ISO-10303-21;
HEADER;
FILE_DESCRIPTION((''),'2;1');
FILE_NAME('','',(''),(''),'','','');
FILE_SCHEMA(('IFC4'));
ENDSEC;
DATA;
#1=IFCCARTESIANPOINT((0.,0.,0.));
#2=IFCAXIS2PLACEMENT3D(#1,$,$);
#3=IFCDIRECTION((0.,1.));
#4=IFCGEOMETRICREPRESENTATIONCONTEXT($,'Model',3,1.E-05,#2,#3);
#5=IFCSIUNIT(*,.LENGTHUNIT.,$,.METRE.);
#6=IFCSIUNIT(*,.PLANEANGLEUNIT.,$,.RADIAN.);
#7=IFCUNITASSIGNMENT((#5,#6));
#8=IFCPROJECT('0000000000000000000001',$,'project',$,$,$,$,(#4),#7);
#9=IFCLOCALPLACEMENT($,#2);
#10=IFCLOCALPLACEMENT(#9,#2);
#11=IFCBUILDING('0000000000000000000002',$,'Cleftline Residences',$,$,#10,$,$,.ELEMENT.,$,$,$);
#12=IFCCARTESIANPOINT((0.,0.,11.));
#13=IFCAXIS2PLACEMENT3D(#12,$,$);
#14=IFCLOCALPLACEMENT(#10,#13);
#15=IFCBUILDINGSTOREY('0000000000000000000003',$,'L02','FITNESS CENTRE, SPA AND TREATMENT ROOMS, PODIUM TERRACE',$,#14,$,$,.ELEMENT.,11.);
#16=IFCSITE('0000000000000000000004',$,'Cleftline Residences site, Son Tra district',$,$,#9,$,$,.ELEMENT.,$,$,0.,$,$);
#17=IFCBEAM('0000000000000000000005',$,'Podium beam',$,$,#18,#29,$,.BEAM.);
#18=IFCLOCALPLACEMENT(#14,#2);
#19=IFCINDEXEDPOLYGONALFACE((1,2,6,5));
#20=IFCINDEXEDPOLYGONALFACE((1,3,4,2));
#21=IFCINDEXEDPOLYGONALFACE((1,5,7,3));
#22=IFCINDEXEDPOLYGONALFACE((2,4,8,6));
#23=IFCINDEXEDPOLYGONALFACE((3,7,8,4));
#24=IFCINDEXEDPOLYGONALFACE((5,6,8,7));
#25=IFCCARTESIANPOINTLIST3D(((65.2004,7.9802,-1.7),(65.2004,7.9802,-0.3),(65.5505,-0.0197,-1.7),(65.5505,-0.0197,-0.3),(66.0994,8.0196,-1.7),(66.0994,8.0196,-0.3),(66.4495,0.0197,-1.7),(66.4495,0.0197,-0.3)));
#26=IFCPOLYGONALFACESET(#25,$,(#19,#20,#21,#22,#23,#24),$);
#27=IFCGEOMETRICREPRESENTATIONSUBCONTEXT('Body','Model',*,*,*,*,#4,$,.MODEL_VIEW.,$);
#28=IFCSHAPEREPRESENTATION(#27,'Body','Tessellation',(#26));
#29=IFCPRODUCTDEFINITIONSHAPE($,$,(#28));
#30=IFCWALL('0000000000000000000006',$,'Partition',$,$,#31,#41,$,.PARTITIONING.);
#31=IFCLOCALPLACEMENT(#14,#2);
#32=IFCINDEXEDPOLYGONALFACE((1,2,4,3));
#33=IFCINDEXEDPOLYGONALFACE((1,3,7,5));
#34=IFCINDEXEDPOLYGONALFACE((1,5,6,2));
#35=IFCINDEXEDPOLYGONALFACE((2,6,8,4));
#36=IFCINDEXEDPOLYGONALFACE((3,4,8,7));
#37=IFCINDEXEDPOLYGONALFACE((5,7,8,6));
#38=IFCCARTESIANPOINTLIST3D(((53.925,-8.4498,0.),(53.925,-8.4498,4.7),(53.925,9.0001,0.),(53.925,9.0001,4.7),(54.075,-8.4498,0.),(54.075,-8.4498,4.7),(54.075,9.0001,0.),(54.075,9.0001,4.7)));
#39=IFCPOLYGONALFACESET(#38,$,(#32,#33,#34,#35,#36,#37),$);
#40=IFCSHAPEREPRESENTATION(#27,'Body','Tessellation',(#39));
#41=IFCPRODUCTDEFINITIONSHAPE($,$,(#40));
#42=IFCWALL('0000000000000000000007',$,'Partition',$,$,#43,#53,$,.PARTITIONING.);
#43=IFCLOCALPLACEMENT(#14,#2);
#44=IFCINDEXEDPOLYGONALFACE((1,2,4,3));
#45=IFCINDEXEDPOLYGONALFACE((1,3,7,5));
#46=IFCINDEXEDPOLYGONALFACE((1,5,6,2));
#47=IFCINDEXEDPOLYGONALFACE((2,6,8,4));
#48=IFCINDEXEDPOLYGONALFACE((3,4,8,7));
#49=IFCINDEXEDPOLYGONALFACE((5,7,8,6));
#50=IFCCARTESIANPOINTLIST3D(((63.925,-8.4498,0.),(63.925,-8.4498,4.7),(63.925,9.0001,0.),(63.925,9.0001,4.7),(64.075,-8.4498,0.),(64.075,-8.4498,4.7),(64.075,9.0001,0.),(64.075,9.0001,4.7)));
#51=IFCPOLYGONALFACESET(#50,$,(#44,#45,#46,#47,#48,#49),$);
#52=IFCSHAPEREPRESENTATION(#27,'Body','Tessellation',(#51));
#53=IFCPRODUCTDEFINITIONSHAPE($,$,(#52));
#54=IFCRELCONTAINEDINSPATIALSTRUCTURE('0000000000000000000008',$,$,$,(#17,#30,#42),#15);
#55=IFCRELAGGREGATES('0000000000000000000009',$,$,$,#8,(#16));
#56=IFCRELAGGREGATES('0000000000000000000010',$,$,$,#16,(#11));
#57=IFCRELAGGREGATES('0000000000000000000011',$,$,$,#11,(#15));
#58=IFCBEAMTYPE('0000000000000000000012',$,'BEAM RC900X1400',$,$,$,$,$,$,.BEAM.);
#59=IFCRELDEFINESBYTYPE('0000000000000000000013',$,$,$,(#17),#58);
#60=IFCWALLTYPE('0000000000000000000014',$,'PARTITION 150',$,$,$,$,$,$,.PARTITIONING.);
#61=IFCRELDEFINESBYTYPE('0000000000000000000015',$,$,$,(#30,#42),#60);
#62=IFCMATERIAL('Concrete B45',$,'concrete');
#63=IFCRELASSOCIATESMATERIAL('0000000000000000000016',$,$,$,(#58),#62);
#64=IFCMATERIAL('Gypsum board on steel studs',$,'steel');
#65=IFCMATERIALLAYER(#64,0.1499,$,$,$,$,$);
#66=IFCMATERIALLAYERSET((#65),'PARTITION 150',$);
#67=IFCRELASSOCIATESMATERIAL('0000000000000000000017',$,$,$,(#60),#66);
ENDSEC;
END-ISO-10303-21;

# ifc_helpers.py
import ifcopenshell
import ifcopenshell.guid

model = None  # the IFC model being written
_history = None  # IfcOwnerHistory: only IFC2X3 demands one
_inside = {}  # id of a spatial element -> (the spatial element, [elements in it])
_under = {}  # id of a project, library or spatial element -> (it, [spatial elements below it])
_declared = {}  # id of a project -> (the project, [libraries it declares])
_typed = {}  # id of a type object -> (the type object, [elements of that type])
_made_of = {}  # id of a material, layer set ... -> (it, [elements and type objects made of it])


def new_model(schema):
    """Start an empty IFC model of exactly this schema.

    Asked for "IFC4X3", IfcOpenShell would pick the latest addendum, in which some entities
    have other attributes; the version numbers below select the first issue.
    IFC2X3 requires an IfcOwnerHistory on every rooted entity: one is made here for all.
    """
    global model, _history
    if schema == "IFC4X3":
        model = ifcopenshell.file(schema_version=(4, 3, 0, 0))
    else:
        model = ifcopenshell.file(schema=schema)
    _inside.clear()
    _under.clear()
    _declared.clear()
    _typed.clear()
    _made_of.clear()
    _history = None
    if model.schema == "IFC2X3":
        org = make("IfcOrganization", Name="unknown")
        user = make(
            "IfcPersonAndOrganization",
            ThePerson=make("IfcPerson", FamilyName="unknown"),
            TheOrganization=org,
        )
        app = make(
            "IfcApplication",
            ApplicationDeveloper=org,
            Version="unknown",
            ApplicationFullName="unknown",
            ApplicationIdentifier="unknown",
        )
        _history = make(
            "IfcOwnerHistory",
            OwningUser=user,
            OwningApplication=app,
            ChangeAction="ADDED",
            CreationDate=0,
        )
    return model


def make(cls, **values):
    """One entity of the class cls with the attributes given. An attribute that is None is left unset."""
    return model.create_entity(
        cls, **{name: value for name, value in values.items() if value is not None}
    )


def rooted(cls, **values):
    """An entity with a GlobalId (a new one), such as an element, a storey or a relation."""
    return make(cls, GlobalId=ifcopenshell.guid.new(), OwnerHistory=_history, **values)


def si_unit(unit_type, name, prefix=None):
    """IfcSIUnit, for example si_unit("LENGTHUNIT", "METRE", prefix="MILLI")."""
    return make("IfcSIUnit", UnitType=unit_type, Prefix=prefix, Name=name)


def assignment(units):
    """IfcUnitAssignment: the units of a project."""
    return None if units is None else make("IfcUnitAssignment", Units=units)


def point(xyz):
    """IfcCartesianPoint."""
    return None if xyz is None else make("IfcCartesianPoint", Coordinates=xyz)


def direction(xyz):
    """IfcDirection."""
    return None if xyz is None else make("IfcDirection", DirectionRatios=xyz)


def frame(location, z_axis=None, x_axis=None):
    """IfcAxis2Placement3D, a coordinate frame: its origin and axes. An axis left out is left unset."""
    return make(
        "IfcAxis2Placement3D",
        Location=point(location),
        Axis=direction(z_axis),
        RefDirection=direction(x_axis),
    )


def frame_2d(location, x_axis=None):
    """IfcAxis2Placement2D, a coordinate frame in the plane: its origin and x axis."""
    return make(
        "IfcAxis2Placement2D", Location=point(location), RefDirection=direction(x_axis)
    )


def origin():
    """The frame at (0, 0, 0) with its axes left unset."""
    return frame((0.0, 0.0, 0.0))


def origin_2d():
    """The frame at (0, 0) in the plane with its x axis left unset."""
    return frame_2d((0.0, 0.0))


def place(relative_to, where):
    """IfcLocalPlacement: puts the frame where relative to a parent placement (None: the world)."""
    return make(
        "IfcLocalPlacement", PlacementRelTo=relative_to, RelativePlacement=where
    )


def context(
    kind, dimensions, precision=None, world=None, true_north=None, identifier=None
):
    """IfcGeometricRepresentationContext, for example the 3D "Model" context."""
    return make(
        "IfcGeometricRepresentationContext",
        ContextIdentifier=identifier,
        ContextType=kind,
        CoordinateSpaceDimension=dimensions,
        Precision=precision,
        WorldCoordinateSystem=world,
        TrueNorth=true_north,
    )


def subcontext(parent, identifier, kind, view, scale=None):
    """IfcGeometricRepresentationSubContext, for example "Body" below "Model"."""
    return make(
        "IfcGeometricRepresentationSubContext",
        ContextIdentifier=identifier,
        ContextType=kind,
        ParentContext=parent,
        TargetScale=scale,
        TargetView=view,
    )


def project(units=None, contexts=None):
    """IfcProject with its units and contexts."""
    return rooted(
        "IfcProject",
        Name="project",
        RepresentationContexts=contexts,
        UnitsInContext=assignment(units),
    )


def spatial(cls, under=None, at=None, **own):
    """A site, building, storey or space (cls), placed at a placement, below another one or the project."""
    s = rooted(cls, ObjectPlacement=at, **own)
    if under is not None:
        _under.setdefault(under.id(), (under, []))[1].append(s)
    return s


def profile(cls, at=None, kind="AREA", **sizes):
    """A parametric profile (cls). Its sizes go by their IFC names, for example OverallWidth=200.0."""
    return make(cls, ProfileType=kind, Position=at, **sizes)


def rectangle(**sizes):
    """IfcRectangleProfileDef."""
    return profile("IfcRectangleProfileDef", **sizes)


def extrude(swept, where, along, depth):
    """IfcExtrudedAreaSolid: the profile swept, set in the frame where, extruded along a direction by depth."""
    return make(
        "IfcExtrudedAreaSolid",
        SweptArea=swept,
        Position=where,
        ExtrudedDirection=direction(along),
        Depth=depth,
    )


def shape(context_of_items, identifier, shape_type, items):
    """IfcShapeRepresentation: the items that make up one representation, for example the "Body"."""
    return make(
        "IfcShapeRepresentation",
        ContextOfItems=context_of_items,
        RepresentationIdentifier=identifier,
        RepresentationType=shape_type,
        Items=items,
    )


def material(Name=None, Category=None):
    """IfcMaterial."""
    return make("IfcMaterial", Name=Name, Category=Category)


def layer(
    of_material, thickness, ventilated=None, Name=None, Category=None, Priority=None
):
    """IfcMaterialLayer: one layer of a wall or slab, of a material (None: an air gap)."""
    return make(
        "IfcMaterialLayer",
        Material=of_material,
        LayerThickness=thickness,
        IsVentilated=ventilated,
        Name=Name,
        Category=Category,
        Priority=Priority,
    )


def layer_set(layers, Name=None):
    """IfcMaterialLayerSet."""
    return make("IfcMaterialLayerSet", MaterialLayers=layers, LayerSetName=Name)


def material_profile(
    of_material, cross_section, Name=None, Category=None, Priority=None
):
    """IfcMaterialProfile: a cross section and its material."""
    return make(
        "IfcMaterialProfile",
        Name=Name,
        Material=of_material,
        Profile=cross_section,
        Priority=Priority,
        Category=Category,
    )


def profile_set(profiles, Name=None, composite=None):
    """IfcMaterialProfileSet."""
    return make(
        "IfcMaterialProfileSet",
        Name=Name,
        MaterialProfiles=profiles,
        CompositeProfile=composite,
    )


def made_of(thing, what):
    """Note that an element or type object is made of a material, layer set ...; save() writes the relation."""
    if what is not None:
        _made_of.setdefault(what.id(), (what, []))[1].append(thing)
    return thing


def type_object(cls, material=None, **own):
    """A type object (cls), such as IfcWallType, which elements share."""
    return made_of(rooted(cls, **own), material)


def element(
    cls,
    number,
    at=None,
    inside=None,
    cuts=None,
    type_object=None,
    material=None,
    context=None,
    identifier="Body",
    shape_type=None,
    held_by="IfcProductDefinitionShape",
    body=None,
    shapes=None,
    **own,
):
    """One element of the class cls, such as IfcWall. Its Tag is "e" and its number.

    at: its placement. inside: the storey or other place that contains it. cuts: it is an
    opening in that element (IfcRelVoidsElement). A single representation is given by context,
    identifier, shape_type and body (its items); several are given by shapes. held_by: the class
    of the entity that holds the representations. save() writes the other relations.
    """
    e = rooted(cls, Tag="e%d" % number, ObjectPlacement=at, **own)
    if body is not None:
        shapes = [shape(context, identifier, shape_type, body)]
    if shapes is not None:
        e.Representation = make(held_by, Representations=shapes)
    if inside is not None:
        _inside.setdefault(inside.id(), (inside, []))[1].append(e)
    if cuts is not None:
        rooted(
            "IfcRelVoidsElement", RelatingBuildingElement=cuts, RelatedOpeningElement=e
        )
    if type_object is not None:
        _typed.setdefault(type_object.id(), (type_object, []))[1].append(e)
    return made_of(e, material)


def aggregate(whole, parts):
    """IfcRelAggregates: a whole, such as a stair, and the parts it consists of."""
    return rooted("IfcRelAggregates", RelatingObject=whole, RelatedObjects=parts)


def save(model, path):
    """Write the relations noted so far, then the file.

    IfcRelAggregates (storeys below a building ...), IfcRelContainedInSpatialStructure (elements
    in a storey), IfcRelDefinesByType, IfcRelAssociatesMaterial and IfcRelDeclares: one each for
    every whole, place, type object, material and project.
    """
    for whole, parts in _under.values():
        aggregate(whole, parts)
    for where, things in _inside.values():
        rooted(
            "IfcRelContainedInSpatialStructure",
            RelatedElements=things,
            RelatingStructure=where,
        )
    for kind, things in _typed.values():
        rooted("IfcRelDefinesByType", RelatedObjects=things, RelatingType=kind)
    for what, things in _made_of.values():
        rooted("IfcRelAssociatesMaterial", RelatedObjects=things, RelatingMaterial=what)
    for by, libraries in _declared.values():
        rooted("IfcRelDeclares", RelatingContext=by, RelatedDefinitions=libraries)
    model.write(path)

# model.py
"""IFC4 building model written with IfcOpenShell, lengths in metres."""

from ifc_helpers import new_model, si_unit, direction, frame, frame_2d, origin, origin_2d, place, context, subcontext, project, spatial, rectangle, extrude, material, layer, layer_set, material_profile, profile_set, type_object, element, save


model = new_model("IFC4")

# Units and contexts
model_context = context("Model", 3, precision=1e-05, world=origin(), true_north=direction((0.0, 1.0)))
body_context = subcontext(model_context, "Body", "Model", "MODEL_VIEW")
ifc_project = project(units=[si_unit("LENGTHUNIT", "METRE"), si_unit("PLANEANGLEUNIT", "RADIAN")], contexts=[model_context])

# Site, building, storey
site_placement = place(None, origin())
site = spatial("IfcSite", under=ifc_project, at=site_placement, Name="Cleftline Residences site, Son Tra district", CompositionType="ELEMENT", RefElevation=0.0)
building_placement = place(site_placement, origin())
building = spatial("IfcBuilding", under=site, at=building_placement, Name="Cleftline Residences", CompositionType="ELEMENT")
storey_placement = place(building_placement, frame((0.0, 0.0, 11.0)))
storey = spatial("IfcBuildingStorey", under=building, at=storey_placement, Name="L02", Description="FITNESS CENTRE, SPA AND TREATMENT ROOMS, PODIUM TERRACE", CompositionType="ELEMENT", Elevation=11.0)

# Beam
ifc_material_1 = material(Name="Concrete B45", Category="concrete")
ifc_material_profile_1 = material_profile(ifc_material_1, rectangle(XDim=0.8999, YDim=1.3999, at=origin_2d()))
ifc_profile_set_1 = profile_set([ifc_material_profile_1], Name="Concrete B45")
beam_type = type_object("IfcBeamType", Name="BEAM RC900X1400", PredefinedType="BEAM", material=ifc_profile_set_1)
beam_1_placement = place(storey_placement, frame((66.0, 0.0, -1.0), z_axis=(-0.04372, 0.999044, 0.0), x_axis=(-0.999044, -0.04372, 0.0)))
element("IfcBeam", 1, at=beam_1_placement, inside=storey, type_object=beam_type, Name="Podium beam", PredefinedType="BEAM", context=body_context, shape_type="SweptSolid", body=[
    extrude(rectangle(XDim=0.8999, YDim=1.3999, at=origin_2d()), origin(), (0.0, 0.0, 1.0), 8.0076),
])

# Walls
ifc_material_2 = material(Name="Gypsum board on steel studs", Category="steel")
ifc_layer = layer(ifc_material_2, 0.1499)
ifc_layer_set = layer_set([ifc_layer], Name="PARTITION 150")
wall_type = type_object("IfcWallType", Name="PARTITION 150", PredefinedType="PARTITIONING", material=ifc_layer_set)
for number, where, z_axis, x_axis, name in (
    (2, (54.0, -8.45, 0.0), (0.0, 0.0, 1.0), (0.0, 1.0, 0.0), "Partition"),
    (3, (64.0, -8.45, 0.0), (0.0, 0.0, 1.0), (0.0, 1.0, 0.0), "Partition"),
):
    element("IfcWall", number, at=place(storey_placement, frame(where, z_axis=z_axis, x_axis=x_axis)), inside=storey, type_object=wall_type, Name=name, PredefinedType="PARTITIONING", context=body_context, shape_type="SweptSolid", body=[
        extrude(rectangle(XDim=17.45, YDim=0.1499, at=frame_2d((8.7251, 0.0))), origin(), (0.0, 0.0, 1.0), 4.7),
    ])

save(model, "model.ifc")
